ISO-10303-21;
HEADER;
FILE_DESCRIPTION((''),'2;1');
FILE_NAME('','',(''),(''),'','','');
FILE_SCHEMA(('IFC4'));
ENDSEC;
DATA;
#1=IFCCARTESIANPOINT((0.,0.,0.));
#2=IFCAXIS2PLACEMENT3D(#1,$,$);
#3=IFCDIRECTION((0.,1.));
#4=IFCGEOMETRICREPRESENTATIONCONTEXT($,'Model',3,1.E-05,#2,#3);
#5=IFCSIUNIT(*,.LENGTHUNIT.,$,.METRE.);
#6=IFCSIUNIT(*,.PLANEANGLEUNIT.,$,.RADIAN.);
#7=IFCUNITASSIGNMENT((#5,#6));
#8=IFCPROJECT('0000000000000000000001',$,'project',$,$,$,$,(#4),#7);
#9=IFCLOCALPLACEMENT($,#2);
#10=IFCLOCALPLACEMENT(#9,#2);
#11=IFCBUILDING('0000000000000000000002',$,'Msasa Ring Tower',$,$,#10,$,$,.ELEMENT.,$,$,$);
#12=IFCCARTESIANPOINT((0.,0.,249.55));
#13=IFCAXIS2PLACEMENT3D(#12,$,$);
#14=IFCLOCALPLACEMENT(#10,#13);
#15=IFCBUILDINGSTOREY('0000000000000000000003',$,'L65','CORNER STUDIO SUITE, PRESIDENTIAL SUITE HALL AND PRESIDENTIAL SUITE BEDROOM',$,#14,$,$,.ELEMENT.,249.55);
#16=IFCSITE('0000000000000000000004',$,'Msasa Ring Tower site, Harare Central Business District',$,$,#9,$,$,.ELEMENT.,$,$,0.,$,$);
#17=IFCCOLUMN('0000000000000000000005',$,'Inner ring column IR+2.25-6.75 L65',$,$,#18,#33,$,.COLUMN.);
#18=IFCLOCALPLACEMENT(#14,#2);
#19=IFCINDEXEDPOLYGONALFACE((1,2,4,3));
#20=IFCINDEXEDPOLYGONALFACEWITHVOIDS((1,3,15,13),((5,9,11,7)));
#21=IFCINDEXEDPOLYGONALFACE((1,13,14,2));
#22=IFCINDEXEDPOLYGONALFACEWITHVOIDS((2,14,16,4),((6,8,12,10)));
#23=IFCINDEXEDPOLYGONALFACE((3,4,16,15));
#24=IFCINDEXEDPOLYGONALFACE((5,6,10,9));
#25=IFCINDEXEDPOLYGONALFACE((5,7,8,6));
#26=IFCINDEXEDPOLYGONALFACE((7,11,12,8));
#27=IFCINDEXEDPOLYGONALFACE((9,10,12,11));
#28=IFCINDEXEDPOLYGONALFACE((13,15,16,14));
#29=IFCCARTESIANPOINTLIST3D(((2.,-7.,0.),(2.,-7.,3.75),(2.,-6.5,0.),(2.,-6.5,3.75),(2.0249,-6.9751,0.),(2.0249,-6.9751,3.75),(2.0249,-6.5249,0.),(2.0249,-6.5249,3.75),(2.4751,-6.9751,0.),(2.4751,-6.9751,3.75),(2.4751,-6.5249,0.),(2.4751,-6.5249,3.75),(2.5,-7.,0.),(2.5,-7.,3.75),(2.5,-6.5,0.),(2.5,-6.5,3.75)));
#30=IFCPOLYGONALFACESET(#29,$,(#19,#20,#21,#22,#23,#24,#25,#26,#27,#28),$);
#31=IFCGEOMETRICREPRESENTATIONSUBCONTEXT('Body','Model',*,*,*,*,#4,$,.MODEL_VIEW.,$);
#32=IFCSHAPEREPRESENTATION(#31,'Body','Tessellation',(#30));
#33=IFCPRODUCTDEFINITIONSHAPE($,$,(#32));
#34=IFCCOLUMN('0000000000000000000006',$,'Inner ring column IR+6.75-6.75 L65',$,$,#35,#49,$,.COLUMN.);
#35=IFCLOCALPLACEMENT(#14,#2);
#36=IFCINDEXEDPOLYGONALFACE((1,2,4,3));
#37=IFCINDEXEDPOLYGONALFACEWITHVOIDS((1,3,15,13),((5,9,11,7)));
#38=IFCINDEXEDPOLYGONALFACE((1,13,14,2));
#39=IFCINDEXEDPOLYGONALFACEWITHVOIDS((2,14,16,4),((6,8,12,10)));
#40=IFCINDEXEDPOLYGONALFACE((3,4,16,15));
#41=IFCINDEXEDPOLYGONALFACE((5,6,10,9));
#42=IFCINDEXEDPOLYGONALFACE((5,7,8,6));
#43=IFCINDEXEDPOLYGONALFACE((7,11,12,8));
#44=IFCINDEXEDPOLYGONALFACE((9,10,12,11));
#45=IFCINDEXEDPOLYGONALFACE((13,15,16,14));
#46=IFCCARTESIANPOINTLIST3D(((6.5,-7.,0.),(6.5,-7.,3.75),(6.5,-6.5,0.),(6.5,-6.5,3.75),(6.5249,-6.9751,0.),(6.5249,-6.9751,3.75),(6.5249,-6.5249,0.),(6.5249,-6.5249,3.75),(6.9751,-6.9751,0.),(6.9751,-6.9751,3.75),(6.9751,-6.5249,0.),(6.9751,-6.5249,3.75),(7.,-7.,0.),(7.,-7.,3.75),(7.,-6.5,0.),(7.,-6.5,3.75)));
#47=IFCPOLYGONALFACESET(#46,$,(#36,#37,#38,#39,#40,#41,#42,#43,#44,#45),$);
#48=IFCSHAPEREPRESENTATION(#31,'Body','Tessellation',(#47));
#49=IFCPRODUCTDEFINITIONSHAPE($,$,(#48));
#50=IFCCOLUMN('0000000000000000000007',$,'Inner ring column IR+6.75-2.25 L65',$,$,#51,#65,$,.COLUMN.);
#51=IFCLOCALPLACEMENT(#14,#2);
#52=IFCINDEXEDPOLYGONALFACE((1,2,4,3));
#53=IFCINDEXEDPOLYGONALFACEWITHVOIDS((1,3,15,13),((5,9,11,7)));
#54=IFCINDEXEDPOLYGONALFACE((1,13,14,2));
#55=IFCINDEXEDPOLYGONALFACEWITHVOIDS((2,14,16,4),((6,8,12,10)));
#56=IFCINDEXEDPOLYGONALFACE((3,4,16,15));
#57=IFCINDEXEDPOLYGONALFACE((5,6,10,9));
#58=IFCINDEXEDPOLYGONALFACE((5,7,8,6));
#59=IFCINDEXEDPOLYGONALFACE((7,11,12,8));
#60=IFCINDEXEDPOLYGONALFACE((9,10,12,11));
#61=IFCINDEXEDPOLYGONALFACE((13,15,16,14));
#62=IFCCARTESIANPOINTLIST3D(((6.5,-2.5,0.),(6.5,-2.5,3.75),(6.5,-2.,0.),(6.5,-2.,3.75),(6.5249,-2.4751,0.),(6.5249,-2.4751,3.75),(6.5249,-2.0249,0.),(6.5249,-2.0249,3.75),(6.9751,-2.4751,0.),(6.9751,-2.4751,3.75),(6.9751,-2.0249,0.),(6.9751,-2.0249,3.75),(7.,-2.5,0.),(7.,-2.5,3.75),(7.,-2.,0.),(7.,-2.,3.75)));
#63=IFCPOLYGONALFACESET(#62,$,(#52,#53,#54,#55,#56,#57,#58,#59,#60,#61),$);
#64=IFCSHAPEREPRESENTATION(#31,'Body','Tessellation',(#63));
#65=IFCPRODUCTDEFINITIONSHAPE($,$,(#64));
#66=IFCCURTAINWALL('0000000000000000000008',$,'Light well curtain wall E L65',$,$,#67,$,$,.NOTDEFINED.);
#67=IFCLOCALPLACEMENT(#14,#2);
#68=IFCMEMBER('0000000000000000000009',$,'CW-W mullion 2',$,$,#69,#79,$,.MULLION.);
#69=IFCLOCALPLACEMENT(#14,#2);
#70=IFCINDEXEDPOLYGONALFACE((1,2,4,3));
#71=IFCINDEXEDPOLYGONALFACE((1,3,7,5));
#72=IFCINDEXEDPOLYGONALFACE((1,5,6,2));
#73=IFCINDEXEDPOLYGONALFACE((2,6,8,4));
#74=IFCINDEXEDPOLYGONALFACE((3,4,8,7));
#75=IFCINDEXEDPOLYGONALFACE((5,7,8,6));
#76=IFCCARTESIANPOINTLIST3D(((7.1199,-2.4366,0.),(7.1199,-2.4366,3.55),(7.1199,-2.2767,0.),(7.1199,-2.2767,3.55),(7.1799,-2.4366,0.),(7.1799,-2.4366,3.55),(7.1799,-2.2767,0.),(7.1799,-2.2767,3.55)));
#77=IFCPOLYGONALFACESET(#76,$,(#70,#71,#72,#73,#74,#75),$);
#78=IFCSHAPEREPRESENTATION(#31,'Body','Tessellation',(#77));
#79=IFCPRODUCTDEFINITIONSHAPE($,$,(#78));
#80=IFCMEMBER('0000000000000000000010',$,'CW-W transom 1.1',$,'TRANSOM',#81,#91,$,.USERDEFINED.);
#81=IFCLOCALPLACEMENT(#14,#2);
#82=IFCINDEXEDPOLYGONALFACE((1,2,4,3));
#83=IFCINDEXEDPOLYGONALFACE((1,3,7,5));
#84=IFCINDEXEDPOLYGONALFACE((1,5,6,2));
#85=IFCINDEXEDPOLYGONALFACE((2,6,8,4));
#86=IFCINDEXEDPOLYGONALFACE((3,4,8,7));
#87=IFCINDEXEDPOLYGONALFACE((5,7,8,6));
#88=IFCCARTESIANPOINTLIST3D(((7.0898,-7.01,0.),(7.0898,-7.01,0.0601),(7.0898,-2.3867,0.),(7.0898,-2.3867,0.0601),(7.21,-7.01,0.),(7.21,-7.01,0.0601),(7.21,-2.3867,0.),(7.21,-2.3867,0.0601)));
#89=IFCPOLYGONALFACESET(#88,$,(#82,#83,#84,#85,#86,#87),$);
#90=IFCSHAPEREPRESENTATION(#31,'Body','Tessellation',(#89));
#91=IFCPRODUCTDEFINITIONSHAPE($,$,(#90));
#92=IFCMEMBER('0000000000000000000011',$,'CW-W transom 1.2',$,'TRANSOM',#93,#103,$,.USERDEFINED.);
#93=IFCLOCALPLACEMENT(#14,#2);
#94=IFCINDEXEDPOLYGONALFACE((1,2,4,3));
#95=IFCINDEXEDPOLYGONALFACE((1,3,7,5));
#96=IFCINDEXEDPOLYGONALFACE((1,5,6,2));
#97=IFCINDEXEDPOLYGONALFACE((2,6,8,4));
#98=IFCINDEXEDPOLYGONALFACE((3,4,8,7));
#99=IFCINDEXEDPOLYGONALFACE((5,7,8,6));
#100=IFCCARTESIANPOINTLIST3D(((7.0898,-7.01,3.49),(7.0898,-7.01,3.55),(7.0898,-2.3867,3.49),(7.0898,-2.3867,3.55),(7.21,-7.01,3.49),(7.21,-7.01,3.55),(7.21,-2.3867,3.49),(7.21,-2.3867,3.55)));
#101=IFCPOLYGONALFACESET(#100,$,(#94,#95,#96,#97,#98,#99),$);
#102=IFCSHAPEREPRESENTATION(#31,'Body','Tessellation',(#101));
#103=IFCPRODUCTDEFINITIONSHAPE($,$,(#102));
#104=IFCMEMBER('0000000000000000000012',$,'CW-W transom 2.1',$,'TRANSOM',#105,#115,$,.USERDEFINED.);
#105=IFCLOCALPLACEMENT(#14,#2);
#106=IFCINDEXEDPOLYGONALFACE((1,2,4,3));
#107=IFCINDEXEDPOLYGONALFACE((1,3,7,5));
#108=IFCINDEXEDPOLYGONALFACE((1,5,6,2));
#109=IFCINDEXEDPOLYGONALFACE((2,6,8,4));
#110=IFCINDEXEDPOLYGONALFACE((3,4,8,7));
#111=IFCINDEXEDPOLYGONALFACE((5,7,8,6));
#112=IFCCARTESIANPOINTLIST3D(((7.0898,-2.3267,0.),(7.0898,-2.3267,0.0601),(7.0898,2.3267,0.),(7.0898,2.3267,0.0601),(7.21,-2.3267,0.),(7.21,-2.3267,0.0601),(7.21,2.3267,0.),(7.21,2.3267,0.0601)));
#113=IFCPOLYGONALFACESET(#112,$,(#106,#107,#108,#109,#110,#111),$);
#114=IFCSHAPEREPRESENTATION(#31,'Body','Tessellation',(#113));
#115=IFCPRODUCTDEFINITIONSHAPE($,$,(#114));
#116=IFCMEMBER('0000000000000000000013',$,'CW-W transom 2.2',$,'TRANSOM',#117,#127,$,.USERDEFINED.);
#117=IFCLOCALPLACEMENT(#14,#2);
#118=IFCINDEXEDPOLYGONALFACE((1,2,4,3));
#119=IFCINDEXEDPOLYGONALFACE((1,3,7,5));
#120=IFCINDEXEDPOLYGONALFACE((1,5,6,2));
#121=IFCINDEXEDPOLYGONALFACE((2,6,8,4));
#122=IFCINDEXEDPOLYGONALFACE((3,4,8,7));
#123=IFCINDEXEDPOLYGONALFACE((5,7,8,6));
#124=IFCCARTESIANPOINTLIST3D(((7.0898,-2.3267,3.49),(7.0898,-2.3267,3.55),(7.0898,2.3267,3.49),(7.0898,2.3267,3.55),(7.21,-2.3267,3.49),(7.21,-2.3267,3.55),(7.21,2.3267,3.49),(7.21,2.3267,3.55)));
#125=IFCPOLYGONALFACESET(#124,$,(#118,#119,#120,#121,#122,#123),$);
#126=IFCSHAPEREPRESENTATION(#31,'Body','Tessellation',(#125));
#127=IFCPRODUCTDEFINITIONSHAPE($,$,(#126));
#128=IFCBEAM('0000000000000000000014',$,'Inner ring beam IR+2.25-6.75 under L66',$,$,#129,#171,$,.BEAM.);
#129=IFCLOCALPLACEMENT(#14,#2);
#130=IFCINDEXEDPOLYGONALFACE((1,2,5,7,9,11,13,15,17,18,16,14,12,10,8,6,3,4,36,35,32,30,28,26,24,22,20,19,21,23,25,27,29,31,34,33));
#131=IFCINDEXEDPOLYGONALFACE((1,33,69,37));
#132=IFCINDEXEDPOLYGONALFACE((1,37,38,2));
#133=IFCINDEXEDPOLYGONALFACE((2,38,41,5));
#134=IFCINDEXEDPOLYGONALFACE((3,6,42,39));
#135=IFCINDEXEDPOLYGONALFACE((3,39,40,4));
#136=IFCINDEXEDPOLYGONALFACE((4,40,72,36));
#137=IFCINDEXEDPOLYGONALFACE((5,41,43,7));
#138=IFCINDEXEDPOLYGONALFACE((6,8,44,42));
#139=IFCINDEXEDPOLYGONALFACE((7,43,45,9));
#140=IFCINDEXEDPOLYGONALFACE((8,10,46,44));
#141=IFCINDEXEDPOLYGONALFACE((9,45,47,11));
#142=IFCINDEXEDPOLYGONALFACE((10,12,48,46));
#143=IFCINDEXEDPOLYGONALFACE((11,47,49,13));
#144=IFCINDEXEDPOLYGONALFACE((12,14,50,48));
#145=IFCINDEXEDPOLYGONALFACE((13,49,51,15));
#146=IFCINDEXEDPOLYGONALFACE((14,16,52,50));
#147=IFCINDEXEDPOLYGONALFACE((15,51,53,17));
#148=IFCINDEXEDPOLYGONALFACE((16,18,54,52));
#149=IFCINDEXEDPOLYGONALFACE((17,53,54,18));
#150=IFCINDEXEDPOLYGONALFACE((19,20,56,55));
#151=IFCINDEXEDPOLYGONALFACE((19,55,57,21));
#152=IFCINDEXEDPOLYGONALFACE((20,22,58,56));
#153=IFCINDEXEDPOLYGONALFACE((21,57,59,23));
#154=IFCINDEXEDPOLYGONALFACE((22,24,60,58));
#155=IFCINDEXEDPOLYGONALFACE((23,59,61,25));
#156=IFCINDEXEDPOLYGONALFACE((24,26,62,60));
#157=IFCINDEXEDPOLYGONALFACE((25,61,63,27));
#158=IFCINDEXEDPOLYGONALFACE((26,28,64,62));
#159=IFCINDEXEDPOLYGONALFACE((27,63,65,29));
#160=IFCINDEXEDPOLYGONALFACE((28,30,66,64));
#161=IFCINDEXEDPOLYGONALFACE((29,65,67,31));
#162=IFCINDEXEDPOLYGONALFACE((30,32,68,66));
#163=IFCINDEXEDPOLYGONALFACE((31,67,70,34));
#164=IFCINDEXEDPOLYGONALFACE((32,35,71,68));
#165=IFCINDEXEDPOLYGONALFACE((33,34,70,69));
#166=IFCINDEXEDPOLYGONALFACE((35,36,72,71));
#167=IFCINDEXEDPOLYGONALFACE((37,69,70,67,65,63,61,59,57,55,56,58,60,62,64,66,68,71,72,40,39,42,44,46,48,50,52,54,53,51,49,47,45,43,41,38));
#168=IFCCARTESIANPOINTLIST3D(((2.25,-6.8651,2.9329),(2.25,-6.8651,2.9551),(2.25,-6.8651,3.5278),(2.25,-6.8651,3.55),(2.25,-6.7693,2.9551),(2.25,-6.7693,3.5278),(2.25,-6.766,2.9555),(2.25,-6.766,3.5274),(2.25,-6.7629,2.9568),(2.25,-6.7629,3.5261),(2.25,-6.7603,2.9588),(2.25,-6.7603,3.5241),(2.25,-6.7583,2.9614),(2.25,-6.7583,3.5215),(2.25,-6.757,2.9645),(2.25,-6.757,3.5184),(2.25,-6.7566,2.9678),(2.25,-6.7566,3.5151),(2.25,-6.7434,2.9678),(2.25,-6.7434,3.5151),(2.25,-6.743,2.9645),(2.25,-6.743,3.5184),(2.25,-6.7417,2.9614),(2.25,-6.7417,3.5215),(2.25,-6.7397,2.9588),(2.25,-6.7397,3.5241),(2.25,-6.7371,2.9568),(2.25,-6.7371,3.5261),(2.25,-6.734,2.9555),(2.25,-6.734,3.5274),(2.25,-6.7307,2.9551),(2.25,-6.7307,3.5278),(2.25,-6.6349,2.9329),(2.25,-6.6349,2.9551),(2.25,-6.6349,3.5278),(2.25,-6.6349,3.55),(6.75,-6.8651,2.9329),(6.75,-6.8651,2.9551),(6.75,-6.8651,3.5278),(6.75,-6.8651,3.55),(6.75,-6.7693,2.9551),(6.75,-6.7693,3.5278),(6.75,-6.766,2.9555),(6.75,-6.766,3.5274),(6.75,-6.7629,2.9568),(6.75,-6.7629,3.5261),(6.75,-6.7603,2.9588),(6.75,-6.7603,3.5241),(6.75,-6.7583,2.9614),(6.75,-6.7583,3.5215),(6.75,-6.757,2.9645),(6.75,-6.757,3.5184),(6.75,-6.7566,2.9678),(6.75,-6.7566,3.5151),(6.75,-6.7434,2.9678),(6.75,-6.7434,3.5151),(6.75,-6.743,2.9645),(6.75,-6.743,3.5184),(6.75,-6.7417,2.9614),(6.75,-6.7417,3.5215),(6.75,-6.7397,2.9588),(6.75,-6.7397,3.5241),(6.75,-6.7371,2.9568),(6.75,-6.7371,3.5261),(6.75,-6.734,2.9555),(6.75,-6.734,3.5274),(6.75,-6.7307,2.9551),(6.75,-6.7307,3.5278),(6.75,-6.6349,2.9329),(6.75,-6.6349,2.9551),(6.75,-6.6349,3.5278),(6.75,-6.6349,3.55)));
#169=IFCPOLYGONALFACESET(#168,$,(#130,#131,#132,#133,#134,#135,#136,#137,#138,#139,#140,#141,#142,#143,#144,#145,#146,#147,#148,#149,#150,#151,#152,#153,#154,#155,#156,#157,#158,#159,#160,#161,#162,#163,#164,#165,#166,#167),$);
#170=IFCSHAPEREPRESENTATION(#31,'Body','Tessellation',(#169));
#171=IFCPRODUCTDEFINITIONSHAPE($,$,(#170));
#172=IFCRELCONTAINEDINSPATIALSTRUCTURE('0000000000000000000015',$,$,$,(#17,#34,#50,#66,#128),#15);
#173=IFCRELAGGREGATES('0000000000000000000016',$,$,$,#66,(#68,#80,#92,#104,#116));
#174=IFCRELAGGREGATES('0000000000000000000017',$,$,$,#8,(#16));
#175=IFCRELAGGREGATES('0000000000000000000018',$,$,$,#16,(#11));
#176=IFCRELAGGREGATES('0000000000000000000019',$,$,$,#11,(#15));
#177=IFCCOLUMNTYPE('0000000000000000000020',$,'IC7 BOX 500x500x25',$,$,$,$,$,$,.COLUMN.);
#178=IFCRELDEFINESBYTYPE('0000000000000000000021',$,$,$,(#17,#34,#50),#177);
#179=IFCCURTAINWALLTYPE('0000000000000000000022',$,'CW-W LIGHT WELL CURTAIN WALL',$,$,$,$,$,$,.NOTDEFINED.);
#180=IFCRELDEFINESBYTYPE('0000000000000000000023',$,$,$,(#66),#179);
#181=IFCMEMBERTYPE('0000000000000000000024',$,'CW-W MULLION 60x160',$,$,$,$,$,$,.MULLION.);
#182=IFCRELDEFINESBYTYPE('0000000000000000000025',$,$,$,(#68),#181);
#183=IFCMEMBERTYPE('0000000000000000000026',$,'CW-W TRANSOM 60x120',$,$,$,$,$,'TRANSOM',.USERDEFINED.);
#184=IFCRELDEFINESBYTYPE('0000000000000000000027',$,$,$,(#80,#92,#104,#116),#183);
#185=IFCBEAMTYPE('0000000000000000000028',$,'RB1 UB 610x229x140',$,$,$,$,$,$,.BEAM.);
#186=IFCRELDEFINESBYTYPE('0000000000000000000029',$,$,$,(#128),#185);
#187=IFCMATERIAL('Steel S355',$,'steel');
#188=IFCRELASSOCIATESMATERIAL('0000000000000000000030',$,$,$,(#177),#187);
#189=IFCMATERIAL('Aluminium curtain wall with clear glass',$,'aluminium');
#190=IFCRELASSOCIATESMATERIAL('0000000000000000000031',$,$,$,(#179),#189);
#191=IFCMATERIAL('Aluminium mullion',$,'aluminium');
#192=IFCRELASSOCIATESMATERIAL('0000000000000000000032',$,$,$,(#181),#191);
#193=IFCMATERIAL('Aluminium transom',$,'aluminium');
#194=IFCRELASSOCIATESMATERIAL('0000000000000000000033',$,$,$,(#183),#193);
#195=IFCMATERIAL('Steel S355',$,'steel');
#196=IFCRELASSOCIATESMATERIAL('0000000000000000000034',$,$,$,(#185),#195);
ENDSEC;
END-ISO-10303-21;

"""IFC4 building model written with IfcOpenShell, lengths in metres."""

from ifc_helpers import new_model, si_unit, direction, frame, origin, origin_2d, place, context, subcontext, project, spatial, rectangle, hollow_rectangle, i_section, extrude, material, material_profile, profile_set, type_object, element, aggregate, save


model = new_model("IFC4")

# Units and contexts
model_context = context("Model", 3, precision=1e-05, world=origin(), true_north=direction((0.0, 1.0)))
body_context = subcontext(model_context, "Body", "Model", "MODEL_VIEW")
ifc_project = project(units=[si_unit("LENGTHUNIT", "METRE"), si_unit("PLANEANGLEUNIT", "RADIAN")], contexts=[model_context])

# Site, building, storey
site_placement = place(None, origin())
site = spatial("IfcSite", under=ifc_project, at=site_placement, Name="Msasa Ring Tower site, Harare Central Business District", CompositionType="ELEMENT", RefElevation=0.0)
building_placement = place(site_placement, origin())
building = spatial("IfcBuilding", under=site, at=building_placement, Name="Msasa Ring Tower", CompositionType="ELEMENT")
storey_placement = place(building_placement, frame((0.0, 0.0, 249.55)))
storey = spatial("IfcBuildingStorey", under=building, at=storey_placement, Name="L65", Description="CORNER STUDIO SUITE, PRESIDENTIAL SUITE HALL AND PRESIDENTIAL SUITE BEDROOM", CompositionType="ELEMENT", Elevation=249.55)

# Columns
ifc_material_1 = material(Name="Steel S355", Category="steel")
ifc_material_profile_1 = material_profile(ifc_material_1, hollow_rectangle(XDim=0.5, YDim=0.5, WallThickness=0.0249, at=origin_2d()), Name="BOX 500x500x25")
ifc_profile_set_1 = profile_set([ifc_material_profile_1], Name="Steel S355")
column_type = type_object("IfcColumnType", Name="IC7 BOX 500x500x25", PredefinedType="COLUMN", material=ifc_profile_set_1)
for number, where, z_axis, x_axis, name in (
    (1, (2.25, -6.75, 0.0), (0.0, 0.0, 1.0), (1.0, 0.0, 0.0), "Inner ring column IR+2.25-6.75 L65"),
    (2, (6.75, -6.75, 0.0), (0.0, 0.0, 1.0), (1.0, 0.0, 0.0), "Inner ring column IR+6.75-6.75 L65"),
    (3, (6.75, -2.25, 0.0), (0.0, 0.0, 1.0), (1.0, 0.0, 0.0), "Inner ring column IR+6.75-2.25 L65"),
):
    element("IfcColumn", number, at=place(storey_placement, frame(where, z_axis=z_axis, x_axis=x_axis)), inside=storey, type_object=column_type, Name=name, PredefinedType="COLUMN", context=body_context, shape_type="SweptSolid", body=[
        extrude(hollow_rectangle(XDim=0.5, YDim=0.5, WallThickness=0.0249, at=origin_2d()), origin(), (0.0, 0.0, 1.0), 3.75),
    ])

# Curtain wall, members
ifc_material_2 = material(Name="Aluminium curtain wall with clear glass", Category="aluminium")
curtain_wall_type = type_object("IfcCurtainWallType", Name="CW-W LIGHT WELL CURTAIN WALL", PredefinedType="NOTDEFINED", material=ifc_material_2)
curtain_wall_placement = place(storey_placement, origin())
curtain_wall = element("IfcCurtainWall", 4, at=curtain_wall_placement, inside=storey, type_object=curtain_wall_type, Name="Light well curtain wall E L65", PredefinedType="NOTDEFINED")
ifc_material_3 = material(Name="Aluminium mullion", Category="aluminium")
ifc_material_profile_2 = material_profile(ifc_material_3, rectangle(XDim=0.0601, YDim=0.1599, at=origin_2d()), Name="AL 60x160")
ifc_profile_set_2 = profile_set([ifc_material_profile_2], Name="Aluminium mullion")
member_type_1 = type_object("IfcMemberType", Name="CW-W MULLION 60x160", PredefinedType="MULLION", material=ifc_profile_set_2)
member_1_placement = place(storey_placement, frame((7.1499, -2.3567, 0.0), z_axis=(0.0, 0.0, 1.0), x_axis=(-1.0, 0.0, 0.0)))
member_1 = element("IfcMember", 5, at=member_1_placement, type_object=member_type_1, Name="CW-W mullion 2", PredefinedType="MULLION", context=body_context, shape_type="SweptSolid", body=[
    extrude(rectangle(XDim=0.0601, YDim=0.1599, at=origin_2d()), origin(), (0.0, 0.0, 1.0), 3.55),
])
ifc_material_4 = material(Name="Aluminium transom", Category="aluminium")
ifc_material_profile_3 = material_profile(ifc_material_4, rectangle(XDim=0.1201, YDim=0.0601, at=origin_2d()), Name="AL 60x120")
ifc_profile_set_3 = profile_set([ifc_material_profile_3], Name="Aluminium transom")
member_type_2 = type_object("IfcMemberType", Name="CW-W TRANSOM 60x120", ElementType="TRANSOM", PredefinedType="USERDEFINED", material=ifc_profile_set_3)
member_2_placement = place(storey_placement, frame((7.1499, -7.01, 0.03), z_axis=(0.0, 1.0, 0.0), x_axis=(-1.0, 0.0, 0.0)))
member_2 = element("IfcMember", 6, at=member_2_placement, type_object=member_type_2, Name="CW-W transom 1.1", ObjectType="TRANSOM", PredefinedType="USERDEFINED", context=body_context, shape_type="SweptSolid", body=[
    extrude(rectangle(XDim=0.1201, YDim=0.0601, at=origin_2d()), origin(), (0.0, 0.0, 1.0), 4.6233),
])
member_3_placement = place(storey_placement, frame((7.1499, -7.01, 3.52), z_axis=(0.0, 1.0, 0.0), x_axis=(-1.0, 0.0, 0.0)))
member_3 = element("IfcMember", 7, at=member_3_placement, type_object=member_type_2, Name="CW-W transom 1.2", ObjectType="TRANSOM", PredefinedType="USERDEFINED", context=body_context, shape_type="SweptSolid", body=[
    extrude(rectangle(XDim=0.1201, YDim=0.0601, at=origin_2d()), origin(), (0.0, 0.0, 1.0), 4.6233),
])
member_4_placement = place(storey_placement, frame((7.1499, -2.3267, 0.03), z_axis=(0.0, 1.0, 0.0), x_axis=(-1.0, 0.0, 0.0)))
member_4 = element("IfcMember", 8, at=member_4_placement, type_object=member_type_2, Name="CW-W transom 2.1", ObjectType="TRANSOM", PredefinedType="USERDEFINED", context=body_context, shape_type="SweptSolid", body=[
    extrude(rectangle(XDim=0.1201, YDim=0.0601, at=origin_2d()), origin(), (0.0, 0.0, 1.0), 4.6533),
])
member_5_placement = place(storey_placement, frame((7.1499, -2.3267, 3.52), z_axis=(0.0, 1.0, 0.0), x_axis=(-1.0, 0.0, 0.0)))
member_5 = element("IfcMember", 9, at=member_5_placement, type_object=member_type_2, Name="CW-W transom 2.2", ObjectType="TRANSOM", PredefinedType="USERDEFINED", context=body_context, shape_type="SweptSolid", body=[
    extrude(rectangle(XDim=0.1201, YDim=0.0601, at=origin_2d()), origin(), (0.0, 0.0, 1.0), 4.6533),
])

# Beam
ifc_material_5 = material(Name="Steel S355", Category="steel")
ifc_material_profile_4 = material_profile(ifc_material_5, i_section(OverallWidth=0.2302, OverallDepth=0.6172, WebThickness=0.0132, FlangeThickness=0.0222, FilletRadius=0.0127, at=origin_2d()), Name="UB 610x229x140")
ifc_profile_set_4 = profile_set([ifc_material_profile_4], Name="Steel S355")
beam_type = type_object("IfcBeamType", Name="RB1 UB 610x229x140", PredefinedType="BEAM", material=ifc_profile_set_4)
for number, where, z_axis, x_axis, name in (
    (10, (2.25, -6.75, 3.2415), (1.0, 0.0, 0.0), (0.0, 1.0, 0.0), "Inner ring beam IR+2.25-6.75 under L66"),
):
    element("IfcBeam", number, at=place(storey_placement, frame(where, z_axis=z_axis, x_axis=x_axis)), inside=storey, type_object=beam_type, Name=name, PredefinedType="BEAM", context=body_context, shape_type="SweptSolid", body=[
        extrude(i_section(OverallWidth=0.2302, OverallDepth=0.6172, WebThickness=0.0132, FlangeThickness=0.0222, FilletRadius=0.0127, at=origin_2d()), origin(), (0.0, 0.0, 1.0), 4.5),
    ])

aggregate(curtain_wall, [member_1, member_2, member_3, member_4, member_5])

save(model, "model.ifc")
